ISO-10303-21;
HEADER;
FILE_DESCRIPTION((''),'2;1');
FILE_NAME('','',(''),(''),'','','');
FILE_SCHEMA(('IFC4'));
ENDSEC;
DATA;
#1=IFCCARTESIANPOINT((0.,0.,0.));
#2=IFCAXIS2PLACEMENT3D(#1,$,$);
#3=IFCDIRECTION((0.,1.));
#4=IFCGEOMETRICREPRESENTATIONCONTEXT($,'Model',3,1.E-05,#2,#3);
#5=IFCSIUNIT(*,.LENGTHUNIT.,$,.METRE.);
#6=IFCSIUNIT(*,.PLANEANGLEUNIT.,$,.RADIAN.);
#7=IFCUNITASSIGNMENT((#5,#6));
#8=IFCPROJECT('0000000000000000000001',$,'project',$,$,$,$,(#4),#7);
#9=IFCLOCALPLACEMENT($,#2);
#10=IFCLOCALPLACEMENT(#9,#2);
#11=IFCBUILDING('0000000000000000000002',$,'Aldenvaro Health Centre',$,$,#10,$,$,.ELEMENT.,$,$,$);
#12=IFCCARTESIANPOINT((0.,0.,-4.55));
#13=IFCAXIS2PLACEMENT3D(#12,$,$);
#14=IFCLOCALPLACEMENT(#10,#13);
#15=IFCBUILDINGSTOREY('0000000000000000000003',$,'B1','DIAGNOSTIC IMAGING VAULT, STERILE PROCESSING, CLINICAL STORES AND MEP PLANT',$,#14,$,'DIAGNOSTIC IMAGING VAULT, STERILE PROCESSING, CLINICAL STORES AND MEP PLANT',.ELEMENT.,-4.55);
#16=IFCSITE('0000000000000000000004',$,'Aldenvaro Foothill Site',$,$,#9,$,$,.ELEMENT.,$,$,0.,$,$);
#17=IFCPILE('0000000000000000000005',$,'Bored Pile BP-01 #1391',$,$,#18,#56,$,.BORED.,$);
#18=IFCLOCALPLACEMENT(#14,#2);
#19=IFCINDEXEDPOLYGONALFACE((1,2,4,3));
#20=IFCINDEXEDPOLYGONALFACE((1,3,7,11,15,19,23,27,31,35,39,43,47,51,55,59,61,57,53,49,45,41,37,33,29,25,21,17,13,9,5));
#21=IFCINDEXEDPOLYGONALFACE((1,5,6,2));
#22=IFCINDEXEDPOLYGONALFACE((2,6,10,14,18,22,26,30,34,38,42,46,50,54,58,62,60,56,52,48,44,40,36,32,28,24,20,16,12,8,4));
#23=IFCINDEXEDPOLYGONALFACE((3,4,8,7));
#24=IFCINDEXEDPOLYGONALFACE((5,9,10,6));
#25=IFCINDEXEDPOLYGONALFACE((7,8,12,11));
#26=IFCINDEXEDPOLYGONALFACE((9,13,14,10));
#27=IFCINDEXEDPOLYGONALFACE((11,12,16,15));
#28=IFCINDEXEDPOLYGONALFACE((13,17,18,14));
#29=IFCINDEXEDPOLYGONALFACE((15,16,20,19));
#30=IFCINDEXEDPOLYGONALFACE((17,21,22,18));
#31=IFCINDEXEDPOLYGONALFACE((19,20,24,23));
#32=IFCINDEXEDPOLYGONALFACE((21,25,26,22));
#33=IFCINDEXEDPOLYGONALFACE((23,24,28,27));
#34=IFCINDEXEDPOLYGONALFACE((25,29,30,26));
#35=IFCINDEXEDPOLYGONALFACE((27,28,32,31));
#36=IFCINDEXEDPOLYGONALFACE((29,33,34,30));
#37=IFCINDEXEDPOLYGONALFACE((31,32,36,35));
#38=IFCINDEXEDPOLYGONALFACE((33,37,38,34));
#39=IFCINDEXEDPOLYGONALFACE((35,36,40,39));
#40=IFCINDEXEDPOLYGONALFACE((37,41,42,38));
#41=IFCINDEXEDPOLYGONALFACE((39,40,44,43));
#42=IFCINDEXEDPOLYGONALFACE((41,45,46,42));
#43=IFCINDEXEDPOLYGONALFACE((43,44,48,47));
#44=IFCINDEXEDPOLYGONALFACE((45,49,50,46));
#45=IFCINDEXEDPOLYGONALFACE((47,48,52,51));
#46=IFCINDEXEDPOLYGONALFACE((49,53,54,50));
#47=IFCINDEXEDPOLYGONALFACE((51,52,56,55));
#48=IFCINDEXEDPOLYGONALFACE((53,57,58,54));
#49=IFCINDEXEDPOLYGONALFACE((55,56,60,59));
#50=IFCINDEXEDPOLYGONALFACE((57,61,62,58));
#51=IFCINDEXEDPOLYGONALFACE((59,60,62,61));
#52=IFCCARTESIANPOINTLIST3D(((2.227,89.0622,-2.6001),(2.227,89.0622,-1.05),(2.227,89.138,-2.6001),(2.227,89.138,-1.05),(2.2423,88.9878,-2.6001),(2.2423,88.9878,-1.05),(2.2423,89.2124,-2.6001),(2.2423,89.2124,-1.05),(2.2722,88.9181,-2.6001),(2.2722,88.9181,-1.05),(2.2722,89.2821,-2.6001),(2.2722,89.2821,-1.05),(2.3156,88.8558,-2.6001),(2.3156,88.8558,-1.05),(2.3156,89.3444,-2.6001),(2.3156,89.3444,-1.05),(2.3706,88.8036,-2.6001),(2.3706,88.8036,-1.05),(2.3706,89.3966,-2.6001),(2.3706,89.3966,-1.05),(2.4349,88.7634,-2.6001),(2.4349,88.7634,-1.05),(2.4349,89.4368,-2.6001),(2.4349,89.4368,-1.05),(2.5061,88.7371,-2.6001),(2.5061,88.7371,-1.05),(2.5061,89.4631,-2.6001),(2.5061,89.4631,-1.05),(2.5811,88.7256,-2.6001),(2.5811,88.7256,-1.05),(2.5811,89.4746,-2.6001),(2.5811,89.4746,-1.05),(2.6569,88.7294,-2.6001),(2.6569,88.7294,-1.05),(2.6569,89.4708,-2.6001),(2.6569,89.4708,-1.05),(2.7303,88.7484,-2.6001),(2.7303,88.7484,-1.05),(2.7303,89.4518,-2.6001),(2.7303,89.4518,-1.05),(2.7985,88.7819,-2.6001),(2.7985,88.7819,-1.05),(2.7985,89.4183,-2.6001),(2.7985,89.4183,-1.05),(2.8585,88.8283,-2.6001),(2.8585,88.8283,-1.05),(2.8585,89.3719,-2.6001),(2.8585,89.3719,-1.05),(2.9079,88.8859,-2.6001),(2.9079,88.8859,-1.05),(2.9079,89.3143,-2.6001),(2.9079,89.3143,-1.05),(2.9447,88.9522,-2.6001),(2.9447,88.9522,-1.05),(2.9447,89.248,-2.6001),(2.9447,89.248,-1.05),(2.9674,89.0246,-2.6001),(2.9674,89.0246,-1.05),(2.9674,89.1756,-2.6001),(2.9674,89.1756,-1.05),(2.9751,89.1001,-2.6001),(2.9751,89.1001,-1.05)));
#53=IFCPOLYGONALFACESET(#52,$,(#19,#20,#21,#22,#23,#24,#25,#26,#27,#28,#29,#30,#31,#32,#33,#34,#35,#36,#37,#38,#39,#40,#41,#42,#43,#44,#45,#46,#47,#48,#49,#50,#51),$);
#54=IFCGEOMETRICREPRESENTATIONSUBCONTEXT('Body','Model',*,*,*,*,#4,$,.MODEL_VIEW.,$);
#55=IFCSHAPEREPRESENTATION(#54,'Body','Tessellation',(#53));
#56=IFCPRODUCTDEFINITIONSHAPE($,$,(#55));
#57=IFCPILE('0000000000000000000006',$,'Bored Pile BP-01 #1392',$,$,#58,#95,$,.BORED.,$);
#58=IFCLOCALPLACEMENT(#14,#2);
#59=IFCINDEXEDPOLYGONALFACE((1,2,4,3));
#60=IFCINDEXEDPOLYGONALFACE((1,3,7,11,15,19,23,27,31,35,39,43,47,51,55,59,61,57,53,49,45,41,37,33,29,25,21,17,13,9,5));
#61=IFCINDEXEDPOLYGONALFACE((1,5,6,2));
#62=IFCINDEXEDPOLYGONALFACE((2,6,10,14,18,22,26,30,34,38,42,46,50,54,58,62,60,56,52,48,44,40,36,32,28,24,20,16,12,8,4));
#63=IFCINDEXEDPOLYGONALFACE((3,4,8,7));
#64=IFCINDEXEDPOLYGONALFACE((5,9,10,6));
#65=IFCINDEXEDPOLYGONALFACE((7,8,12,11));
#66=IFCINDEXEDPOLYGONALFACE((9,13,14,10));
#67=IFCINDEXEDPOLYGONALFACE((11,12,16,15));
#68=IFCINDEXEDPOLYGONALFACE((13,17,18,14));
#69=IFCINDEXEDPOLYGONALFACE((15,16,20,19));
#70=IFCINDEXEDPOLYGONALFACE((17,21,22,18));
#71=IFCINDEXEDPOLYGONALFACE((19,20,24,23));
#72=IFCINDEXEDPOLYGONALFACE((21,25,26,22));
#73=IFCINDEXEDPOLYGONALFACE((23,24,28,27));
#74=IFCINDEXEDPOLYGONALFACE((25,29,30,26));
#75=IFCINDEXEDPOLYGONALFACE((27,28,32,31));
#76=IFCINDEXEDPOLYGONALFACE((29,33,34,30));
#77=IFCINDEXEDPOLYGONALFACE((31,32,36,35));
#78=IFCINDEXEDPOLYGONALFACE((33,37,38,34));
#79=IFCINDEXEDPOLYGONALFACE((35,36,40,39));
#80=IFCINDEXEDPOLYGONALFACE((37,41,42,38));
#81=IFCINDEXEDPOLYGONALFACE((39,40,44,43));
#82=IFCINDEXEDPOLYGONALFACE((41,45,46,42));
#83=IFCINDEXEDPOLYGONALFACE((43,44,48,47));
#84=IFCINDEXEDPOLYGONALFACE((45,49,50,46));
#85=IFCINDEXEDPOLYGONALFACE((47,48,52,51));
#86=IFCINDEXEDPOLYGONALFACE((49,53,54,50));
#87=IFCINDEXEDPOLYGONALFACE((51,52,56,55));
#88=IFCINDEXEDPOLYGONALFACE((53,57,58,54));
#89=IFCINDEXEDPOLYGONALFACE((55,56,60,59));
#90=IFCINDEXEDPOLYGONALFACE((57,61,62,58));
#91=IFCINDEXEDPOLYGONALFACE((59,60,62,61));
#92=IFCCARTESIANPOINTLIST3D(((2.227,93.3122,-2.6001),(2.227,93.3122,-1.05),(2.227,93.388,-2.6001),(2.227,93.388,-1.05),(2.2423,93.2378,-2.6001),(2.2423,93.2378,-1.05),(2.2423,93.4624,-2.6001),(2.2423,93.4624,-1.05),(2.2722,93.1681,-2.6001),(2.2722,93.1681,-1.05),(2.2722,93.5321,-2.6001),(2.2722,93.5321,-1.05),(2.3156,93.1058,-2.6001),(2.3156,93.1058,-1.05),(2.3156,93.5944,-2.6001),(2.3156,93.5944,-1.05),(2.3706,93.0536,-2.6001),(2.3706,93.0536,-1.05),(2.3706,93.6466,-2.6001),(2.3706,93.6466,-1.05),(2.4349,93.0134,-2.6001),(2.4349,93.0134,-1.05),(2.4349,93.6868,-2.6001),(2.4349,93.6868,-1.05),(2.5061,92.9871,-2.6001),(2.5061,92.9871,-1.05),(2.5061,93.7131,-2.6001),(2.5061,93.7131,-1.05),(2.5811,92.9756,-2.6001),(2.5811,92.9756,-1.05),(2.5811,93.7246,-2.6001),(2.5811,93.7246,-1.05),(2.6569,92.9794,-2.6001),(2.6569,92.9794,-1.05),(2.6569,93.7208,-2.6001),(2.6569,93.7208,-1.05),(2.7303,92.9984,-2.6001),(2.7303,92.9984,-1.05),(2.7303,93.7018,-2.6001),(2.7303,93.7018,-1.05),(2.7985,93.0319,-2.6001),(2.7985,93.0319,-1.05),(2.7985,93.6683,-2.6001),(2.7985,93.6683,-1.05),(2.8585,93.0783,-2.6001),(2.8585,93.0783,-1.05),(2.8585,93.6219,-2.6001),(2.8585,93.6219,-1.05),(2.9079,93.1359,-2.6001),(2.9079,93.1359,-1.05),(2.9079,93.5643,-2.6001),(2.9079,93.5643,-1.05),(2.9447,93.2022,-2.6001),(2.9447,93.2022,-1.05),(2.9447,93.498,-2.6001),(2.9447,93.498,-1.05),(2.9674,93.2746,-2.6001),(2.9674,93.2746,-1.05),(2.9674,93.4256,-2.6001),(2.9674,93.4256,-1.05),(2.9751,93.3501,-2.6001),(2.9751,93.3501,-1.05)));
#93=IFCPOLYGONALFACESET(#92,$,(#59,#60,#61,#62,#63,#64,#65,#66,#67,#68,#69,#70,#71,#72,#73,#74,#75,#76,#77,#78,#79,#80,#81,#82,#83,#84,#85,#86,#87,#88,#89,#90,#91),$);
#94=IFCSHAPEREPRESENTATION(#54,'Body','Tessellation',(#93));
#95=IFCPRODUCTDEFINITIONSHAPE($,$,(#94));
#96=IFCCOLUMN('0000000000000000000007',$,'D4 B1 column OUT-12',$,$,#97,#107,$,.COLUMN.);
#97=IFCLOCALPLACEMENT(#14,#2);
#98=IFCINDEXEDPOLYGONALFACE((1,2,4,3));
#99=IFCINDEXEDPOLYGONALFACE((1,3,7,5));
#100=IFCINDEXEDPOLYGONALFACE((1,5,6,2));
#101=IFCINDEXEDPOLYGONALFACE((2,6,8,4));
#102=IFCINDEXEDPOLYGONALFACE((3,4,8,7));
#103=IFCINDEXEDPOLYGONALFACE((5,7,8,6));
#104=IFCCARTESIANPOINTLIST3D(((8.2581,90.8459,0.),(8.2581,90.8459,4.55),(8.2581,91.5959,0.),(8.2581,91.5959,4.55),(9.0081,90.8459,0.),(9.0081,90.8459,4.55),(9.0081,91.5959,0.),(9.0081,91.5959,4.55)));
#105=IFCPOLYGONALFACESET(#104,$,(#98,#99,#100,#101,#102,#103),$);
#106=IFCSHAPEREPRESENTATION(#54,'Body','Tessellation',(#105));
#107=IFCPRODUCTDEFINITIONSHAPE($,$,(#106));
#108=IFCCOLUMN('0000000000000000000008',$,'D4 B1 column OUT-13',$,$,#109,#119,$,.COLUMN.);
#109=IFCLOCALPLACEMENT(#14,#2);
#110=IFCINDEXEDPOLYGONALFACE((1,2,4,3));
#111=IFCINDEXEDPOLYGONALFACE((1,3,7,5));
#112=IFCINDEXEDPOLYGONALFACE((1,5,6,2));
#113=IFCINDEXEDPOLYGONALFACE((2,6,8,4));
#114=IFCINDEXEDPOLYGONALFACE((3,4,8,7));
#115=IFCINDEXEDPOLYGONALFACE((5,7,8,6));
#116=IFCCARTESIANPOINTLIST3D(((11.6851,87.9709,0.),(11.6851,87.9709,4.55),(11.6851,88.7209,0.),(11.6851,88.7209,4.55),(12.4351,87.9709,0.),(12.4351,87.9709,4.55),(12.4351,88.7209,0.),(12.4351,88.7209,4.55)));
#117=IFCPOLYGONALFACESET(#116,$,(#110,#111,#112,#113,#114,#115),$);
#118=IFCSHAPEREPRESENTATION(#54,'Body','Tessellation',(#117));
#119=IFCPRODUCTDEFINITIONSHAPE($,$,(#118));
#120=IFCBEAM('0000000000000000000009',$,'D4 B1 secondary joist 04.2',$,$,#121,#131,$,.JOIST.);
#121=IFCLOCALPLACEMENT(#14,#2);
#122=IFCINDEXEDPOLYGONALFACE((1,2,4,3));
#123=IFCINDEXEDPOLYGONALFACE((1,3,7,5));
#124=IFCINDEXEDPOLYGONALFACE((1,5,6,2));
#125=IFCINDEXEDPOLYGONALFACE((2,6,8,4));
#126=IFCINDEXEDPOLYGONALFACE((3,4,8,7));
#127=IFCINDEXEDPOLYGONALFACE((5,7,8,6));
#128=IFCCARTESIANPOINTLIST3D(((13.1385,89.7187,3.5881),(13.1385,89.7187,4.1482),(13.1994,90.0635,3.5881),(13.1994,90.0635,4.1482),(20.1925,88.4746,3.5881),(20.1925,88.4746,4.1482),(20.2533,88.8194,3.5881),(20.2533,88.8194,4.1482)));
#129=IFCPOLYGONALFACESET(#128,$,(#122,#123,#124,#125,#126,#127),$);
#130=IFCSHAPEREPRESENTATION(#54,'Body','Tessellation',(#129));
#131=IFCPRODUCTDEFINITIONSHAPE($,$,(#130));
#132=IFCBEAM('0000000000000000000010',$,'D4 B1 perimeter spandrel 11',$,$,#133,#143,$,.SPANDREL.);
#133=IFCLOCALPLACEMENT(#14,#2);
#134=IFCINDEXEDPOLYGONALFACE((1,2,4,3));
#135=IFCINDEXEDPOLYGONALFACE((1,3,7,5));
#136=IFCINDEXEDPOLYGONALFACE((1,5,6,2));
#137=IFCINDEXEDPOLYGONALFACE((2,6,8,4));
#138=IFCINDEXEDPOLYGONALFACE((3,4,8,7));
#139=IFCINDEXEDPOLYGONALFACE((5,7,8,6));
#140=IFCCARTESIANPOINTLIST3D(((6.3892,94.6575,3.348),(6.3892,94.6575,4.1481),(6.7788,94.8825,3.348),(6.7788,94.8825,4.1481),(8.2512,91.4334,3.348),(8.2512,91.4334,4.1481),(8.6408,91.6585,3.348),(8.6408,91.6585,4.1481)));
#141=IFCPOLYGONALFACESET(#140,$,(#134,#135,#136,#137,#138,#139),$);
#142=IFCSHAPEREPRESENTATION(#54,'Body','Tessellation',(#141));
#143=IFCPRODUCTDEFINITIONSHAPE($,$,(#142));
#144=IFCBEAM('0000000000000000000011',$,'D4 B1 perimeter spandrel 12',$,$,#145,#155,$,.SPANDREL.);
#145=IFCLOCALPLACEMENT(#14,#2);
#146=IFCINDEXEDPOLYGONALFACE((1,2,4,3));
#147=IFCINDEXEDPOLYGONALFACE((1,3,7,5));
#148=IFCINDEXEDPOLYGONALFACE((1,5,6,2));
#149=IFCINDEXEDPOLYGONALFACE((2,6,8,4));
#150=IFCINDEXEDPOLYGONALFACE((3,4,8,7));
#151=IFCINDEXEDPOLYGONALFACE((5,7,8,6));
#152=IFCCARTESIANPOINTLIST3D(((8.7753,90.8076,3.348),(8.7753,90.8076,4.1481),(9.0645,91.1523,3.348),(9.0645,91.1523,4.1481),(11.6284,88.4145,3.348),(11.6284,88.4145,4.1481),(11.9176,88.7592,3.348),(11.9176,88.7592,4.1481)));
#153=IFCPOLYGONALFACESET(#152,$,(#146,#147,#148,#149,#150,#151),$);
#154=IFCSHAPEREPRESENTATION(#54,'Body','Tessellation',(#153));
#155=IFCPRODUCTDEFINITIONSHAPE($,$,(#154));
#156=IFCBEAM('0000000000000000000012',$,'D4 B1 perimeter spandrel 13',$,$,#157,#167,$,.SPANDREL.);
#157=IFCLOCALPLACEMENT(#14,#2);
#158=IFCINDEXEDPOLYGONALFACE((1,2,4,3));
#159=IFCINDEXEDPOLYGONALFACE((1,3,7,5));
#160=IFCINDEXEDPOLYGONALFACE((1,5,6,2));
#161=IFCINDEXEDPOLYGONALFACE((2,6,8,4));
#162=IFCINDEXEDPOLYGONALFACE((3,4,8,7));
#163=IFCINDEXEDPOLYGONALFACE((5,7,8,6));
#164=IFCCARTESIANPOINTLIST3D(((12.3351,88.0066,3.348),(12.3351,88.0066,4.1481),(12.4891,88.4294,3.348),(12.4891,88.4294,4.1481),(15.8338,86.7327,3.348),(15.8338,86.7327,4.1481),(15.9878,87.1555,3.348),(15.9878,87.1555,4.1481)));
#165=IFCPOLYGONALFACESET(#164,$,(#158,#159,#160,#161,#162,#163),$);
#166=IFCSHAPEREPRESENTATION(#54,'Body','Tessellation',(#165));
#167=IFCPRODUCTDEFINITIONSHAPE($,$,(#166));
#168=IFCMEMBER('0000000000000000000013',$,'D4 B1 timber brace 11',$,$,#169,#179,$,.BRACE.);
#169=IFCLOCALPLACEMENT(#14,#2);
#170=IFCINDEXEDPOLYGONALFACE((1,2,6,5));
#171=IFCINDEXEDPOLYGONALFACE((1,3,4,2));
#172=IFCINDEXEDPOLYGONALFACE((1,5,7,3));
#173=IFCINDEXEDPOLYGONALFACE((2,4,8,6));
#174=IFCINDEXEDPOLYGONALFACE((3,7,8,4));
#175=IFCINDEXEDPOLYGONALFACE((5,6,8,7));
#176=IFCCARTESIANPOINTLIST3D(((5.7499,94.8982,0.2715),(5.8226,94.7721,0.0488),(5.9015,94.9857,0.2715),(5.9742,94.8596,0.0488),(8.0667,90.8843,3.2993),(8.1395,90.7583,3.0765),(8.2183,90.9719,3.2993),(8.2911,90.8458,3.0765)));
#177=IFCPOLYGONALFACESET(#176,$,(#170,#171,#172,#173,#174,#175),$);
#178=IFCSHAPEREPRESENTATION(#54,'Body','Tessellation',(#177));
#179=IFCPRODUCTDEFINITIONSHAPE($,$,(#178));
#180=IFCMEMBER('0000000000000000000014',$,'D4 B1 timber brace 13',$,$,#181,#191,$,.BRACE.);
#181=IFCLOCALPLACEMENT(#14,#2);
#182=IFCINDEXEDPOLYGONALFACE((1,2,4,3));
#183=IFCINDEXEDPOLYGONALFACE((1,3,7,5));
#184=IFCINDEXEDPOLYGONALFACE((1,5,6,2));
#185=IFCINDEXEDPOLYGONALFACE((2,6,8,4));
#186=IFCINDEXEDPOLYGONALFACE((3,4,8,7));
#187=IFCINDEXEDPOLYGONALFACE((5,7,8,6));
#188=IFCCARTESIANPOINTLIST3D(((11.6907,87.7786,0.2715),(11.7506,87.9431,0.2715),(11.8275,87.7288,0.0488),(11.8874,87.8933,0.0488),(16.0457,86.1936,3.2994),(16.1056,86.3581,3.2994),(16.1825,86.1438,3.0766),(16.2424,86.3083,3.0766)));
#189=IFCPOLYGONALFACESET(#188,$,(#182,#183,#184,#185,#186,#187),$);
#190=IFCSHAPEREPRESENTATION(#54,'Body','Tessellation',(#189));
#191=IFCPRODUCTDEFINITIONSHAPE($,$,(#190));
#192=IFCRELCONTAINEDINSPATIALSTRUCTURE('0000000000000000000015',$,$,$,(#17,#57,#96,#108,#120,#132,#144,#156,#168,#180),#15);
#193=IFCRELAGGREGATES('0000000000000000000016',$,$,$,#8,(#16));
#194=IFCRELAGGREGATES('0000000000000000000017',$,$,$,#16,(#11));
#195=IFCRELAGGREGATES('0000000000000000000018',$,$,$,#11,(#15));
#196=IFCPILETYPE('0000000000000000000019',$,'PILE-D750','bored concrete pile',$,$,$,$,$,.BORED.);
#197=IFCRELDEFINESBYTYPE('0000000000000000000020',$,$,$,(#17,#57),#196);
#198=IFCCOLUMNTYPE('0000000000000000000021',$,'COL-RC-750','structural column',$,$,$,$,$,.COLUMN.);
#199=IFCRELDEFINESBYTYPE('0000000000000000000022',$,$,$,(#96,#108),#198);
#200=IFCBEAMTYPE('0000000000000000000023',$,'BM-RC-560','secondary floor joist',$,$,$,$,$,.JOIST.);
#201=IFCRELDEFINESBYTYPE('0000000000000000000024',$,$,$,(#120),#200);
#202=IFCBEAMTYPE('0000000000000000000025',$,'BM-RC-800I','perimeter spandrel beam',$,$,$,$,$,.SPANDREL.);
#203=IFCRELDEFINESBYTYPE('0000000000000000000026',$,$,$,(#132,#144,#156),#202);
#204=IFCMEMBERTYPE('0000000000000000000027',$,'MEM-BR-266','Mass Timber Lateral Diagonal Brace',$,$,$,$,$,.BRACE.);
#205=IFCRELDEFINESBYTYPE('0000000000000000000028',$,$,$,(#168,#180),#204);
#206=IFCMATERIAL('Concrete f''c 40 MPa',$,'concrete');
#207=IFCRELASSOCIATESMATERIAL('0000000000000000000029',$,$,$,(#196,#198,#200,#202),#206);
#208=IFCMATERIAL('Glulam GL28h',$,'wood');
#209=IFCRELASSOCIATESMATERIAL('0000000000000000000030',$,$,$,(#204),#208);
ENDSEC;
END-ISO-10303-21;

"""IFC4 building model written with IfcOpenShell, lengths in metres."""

from ifc_helpers import new_model, si_unit, direction, frame, origin, origin_2d, place, context, subcontext, project, spatial, rectangle, circle, extrude, material, material_profile, profile_set, type_object, element, save


model = new_model("IFC4")

# Units and contexts
model_context = context("Model", 3, precision=1e-05, world=origin(), true_north=direction((0.0, 1.0)))
body_context = subcontext(model_context, "Body", "Model", "MODEL_VIEW")
ifc_project = project(units=[si_unit("LENGTHUNIT", "METRE"), si_unit("PLANEANGLEUNIT", "RADIAN")], contexts=[model_context])

# Site, building, storey
site_placement = place(None, origin())
site = spatial("IfcSite", under=ifc_project, at=site_placement, Name="Aldenvaro Foothill Site", CompositionType="ELEMENT", RefElevation=0.0)
building_placement = place(site_placement, origin())
building = spatial("IfcBuilding", under=site, at=building_placement, Name="Aldenvaro Health Centre", CompositionType="ELEMENT")
storey_placement = place(building_placement, frame((0.0, 0.0, -4.55)))
storey = spatial("IfcBuildingStorey", under=building, at=storey_placement, Name="B1", Description="DIAGNOSTIC IMAGING VAULT, STERILE PROCESSING, CLINICAL STORES AND MEP PLANT", LongName="DIAGNOSTIC IMAGING VAULT, STERILE PROCESSING, CLINICAL STORES AND MEP PLANT", CompositionType="ELEMENT", Elevation=-4.55)

# Shared definitions
ifc_material_1 = material(Name="Concrete f'c 40 MPa", Category="concrete")

# Piles
ifc_material_profile_1 = material_profile(ifc_material_1, circle(Radius=0.375, at=origin_2d()), Name="PILE D750", Category="concrete")
ifc_profile_set_1 = profile_set([ifc_material_profile_1], Name="Concrete f'c 40 MPa")
pile_type_1 = type_object("IfcPileType", Name="PILE-D750", Description="bored concrete pile", PredefinedType="BORED", material=ifc_profile_set_1)
for number, where, z_axis, x_axis, name in (
    (1, (2.6001, 89.1001, -1.05), (0.0, 0.0, -1.0), (1.0, 0.0, 0.0), "Bored Pile BP-01 #1391"),
    (2, (2.6001, 93.3501, -1.05), (0.0, 0.0, -1.0), (1.0, 0.0, 0.0), "Bored Pile BP-01 #1392"),
):
    element("IfcPile", number, at=place(storey_placement, frame(where, z_axis=z_axis, x_axis=x_axis)), inside=storey, type_object=pile_type_1, Name=name, PredefinedType="BORED", context=body_context, shape_type="SweptSolid", body=[
        extrude(circle(Radius=0.375, at=origin_2d()), origin(), (0.0, 0.0, 1.0), 1.55),
    ])

# Columns
ifc_material_profile_2 = material_profile(ifc_material_1, rectangle(XDim=0.75, YDim=0.75, at=origin_2d()), Name="RC 750x750", Category="concrete")
ifc_profile_set_2 = profile_set([ifc_material_profile_2], Name="Concrete f'c 40 MPa")
column_type = type_object("IfcColumnType", Name="COL-RC-750", Description="structural column", PredefinedType="COLUMN", material=ifc_profile_set_2)
for number, where, z_axis, x_axis, name in (
    (3, (8.6331, 91.2209, 0.0), (0.0, 0.0, 1.0), (1.0, 0.0, 0.0), "D4 B1 column OUT-12"),
    (4, (12.0601, 88.3459, 0.0), (0.0, 0.0, 1.0), (1.0, 0.0, 0.0), "D4 B1 column OUT-13"),
):
    element("IfcColumn", number, at=place(storey_placement, frame(where, z_axis=z_axis, x_axis=x_axis)), inside=storey, type_object=column_type, Name=name, PredefinedType="COLUMN", context=body_context, shape_type="SweptSolid", body=[
        extrude(rectangle(XDim=0.75, YDim=0.75, at=origin_2d()), origin(), (0.0, 0.0, 1.0), 4.55),
    ])

# Beams
ifc_material_profile_3 = material_profile(ifc_material_1, rectangle(XDim=0.3501, YDim=0.5601, at=origin_2d()), Name="RC 350x560", Category="concrete")
ifc_profile_set_3 = profile_set([ifc_material_profile_3], Name="Concrete f'c 40 MPa")
beam_type_1 = type_object("IfcBeamType", Name="BM-RC-560", Description="secondary floor joist", PredefinedType="JOIST", material=ifc_profile_set_3)
beam_1_placement = place(storey_placement, frame((13.1689, 89.8911, 3.8682), z_axis=(0.9848, -0.173694, 0.0), x_axis=(0.173694, 0.9848, 0.0)))
element("IfcBeam", 5, at=beam_1_placement, inside=storey, type_object=beam_type_1, Name="D4 B1 secondary joist 04.2", PredefinedType="JOIST", context=body_context, shape_type="SweptSolid", body=[
    extrude(rectangle(XDim=0.3501, YDim=0.5601, at=origin_2d()), origin(), (0.0, 0.0, 1.0), 7.1628),
])
ifc_material_profile_4 = material_profile(ifc_material_1, rectangle(XDim=0.45, YDim=0.8, at=origin_2d()), Name="RC 450x800", Category="concrete")
ifc_profile_set_4 = profile_set([ifc_material_profile_4], Name="Concrete f'c 40 MPa")
beam_type_2 = type_object("IfcBeamType", Name="BM-RC-800I", Description="perimeter spandrel beam", PredefinedType="SPANDREL", material=ifc_profile_set_4)
beam_2_placement = place(storey_placement, frame((6.584, 94.77, 3.748), z_axis=(0.500124, -0.865954, 0.0), x_axis=(0.865954, 0.500124, 0.0)))
element("IfcBeam", 6, at=beam_2_placement, inside=storey, type_object=beam_type_2, Name="D4 B1 perimeter spandrel 11", PredefinedType="SPANDREL", context=body_context, shape_type="SweptSolid", body=[
    extrude(rectangle(XDim=0.45, YDim=0.8, at=origin_2d()), origin(), (0.0, 0.0, 1.0), 3.7231),
])
beam_3_placement = place(storey_placement, frame((8.9199, 90.98, 3.748), z_axis=(0.766164, -0.642645, 0.0), x_axis=(0.642645, 0.766164, 0.0)))
element("IfcBeam", 7, at=beam_3_placement, inside=storey, type_object=beam_type_2, Name="D4 B1 perimeter spandrel 12", PredefinedType="SPANDREL", context=body_context, shape_type="SweptSolid", body=[
    extrude(rectangle(XDim=0.45, YDim=0.8, at=origin_2d()), origin(), (0.0, 0.0, 1.0), 3.7239),
])
beam_4_placement = place(storey_placement, frame((12.4121, 88.218, 3.748), z_axis=(0.939652, -0.342133, 0.0), x_axis=(0.342133, 0.939652, 0.0)))
element("IfcBeam", 8, at=beam_4_placement, inside=storey, type_object=beam_type_2, Name="D4 B1 perimeter spandrel 13", PredefinedType="SPANDREL", context=body_context, shape_type="SweptSolid", body=[
    extrude(rectangle(XDim=0.45, YDim=0.8, at=origin_2d()), origin(), (0.0, 0.0, 1.0), 3.7234),
])

# Members
ifc_material_2 = material(Name="Glulam GL28h", Category="wood")
ifc_material_profile_5 = material_profile(ifc_material_2, rectangle(XDim=0.175, YDim=0.2661, at=origin_2d()), Name="GL 175x266", Category="wood")
ifc_profile_set_5 = profile_set([ifc_material_profile_5], Name="Glulam GL28h")
member_type = type_object("IfcMemberType", Name="MEM-BR-266", Description="Mass Timber Lateral Diagonal Brace", PredefinedType="BRACE", material=ifc_profile_set_5)
for number, where, z_axis, x_axis, name in (
    (9, (5.8621, 94.8789, 0.1602), (0.418514, -0.725057, 0.546935), (0.866076, 0.499912, 0.0), "D4 B1 timber brace 11"),
    (10, (11.7891, 87.8359, 0.1602), (0.786686, -0.286308, 0.546949), (0.341997, 0.939701, 0.0), "D4 B1 timber brace 13"),
):
    element("IfcMember", number, at=place(storey_placement, frame(where, z_axis=z_axis, x_axis=x_axis)), inside=storey, type_object=member_type, Name=name, PredefinedType="BRACE", context=body_context, shape_type="SweptSolid", body=[
        extrude(rectangle(XDim=0.175, YDim=0.2661, at=origin_2d()), origin(), (0.0, 0.0, 1.0), 5.5359),
    ])

save(model, "model.ifc")
